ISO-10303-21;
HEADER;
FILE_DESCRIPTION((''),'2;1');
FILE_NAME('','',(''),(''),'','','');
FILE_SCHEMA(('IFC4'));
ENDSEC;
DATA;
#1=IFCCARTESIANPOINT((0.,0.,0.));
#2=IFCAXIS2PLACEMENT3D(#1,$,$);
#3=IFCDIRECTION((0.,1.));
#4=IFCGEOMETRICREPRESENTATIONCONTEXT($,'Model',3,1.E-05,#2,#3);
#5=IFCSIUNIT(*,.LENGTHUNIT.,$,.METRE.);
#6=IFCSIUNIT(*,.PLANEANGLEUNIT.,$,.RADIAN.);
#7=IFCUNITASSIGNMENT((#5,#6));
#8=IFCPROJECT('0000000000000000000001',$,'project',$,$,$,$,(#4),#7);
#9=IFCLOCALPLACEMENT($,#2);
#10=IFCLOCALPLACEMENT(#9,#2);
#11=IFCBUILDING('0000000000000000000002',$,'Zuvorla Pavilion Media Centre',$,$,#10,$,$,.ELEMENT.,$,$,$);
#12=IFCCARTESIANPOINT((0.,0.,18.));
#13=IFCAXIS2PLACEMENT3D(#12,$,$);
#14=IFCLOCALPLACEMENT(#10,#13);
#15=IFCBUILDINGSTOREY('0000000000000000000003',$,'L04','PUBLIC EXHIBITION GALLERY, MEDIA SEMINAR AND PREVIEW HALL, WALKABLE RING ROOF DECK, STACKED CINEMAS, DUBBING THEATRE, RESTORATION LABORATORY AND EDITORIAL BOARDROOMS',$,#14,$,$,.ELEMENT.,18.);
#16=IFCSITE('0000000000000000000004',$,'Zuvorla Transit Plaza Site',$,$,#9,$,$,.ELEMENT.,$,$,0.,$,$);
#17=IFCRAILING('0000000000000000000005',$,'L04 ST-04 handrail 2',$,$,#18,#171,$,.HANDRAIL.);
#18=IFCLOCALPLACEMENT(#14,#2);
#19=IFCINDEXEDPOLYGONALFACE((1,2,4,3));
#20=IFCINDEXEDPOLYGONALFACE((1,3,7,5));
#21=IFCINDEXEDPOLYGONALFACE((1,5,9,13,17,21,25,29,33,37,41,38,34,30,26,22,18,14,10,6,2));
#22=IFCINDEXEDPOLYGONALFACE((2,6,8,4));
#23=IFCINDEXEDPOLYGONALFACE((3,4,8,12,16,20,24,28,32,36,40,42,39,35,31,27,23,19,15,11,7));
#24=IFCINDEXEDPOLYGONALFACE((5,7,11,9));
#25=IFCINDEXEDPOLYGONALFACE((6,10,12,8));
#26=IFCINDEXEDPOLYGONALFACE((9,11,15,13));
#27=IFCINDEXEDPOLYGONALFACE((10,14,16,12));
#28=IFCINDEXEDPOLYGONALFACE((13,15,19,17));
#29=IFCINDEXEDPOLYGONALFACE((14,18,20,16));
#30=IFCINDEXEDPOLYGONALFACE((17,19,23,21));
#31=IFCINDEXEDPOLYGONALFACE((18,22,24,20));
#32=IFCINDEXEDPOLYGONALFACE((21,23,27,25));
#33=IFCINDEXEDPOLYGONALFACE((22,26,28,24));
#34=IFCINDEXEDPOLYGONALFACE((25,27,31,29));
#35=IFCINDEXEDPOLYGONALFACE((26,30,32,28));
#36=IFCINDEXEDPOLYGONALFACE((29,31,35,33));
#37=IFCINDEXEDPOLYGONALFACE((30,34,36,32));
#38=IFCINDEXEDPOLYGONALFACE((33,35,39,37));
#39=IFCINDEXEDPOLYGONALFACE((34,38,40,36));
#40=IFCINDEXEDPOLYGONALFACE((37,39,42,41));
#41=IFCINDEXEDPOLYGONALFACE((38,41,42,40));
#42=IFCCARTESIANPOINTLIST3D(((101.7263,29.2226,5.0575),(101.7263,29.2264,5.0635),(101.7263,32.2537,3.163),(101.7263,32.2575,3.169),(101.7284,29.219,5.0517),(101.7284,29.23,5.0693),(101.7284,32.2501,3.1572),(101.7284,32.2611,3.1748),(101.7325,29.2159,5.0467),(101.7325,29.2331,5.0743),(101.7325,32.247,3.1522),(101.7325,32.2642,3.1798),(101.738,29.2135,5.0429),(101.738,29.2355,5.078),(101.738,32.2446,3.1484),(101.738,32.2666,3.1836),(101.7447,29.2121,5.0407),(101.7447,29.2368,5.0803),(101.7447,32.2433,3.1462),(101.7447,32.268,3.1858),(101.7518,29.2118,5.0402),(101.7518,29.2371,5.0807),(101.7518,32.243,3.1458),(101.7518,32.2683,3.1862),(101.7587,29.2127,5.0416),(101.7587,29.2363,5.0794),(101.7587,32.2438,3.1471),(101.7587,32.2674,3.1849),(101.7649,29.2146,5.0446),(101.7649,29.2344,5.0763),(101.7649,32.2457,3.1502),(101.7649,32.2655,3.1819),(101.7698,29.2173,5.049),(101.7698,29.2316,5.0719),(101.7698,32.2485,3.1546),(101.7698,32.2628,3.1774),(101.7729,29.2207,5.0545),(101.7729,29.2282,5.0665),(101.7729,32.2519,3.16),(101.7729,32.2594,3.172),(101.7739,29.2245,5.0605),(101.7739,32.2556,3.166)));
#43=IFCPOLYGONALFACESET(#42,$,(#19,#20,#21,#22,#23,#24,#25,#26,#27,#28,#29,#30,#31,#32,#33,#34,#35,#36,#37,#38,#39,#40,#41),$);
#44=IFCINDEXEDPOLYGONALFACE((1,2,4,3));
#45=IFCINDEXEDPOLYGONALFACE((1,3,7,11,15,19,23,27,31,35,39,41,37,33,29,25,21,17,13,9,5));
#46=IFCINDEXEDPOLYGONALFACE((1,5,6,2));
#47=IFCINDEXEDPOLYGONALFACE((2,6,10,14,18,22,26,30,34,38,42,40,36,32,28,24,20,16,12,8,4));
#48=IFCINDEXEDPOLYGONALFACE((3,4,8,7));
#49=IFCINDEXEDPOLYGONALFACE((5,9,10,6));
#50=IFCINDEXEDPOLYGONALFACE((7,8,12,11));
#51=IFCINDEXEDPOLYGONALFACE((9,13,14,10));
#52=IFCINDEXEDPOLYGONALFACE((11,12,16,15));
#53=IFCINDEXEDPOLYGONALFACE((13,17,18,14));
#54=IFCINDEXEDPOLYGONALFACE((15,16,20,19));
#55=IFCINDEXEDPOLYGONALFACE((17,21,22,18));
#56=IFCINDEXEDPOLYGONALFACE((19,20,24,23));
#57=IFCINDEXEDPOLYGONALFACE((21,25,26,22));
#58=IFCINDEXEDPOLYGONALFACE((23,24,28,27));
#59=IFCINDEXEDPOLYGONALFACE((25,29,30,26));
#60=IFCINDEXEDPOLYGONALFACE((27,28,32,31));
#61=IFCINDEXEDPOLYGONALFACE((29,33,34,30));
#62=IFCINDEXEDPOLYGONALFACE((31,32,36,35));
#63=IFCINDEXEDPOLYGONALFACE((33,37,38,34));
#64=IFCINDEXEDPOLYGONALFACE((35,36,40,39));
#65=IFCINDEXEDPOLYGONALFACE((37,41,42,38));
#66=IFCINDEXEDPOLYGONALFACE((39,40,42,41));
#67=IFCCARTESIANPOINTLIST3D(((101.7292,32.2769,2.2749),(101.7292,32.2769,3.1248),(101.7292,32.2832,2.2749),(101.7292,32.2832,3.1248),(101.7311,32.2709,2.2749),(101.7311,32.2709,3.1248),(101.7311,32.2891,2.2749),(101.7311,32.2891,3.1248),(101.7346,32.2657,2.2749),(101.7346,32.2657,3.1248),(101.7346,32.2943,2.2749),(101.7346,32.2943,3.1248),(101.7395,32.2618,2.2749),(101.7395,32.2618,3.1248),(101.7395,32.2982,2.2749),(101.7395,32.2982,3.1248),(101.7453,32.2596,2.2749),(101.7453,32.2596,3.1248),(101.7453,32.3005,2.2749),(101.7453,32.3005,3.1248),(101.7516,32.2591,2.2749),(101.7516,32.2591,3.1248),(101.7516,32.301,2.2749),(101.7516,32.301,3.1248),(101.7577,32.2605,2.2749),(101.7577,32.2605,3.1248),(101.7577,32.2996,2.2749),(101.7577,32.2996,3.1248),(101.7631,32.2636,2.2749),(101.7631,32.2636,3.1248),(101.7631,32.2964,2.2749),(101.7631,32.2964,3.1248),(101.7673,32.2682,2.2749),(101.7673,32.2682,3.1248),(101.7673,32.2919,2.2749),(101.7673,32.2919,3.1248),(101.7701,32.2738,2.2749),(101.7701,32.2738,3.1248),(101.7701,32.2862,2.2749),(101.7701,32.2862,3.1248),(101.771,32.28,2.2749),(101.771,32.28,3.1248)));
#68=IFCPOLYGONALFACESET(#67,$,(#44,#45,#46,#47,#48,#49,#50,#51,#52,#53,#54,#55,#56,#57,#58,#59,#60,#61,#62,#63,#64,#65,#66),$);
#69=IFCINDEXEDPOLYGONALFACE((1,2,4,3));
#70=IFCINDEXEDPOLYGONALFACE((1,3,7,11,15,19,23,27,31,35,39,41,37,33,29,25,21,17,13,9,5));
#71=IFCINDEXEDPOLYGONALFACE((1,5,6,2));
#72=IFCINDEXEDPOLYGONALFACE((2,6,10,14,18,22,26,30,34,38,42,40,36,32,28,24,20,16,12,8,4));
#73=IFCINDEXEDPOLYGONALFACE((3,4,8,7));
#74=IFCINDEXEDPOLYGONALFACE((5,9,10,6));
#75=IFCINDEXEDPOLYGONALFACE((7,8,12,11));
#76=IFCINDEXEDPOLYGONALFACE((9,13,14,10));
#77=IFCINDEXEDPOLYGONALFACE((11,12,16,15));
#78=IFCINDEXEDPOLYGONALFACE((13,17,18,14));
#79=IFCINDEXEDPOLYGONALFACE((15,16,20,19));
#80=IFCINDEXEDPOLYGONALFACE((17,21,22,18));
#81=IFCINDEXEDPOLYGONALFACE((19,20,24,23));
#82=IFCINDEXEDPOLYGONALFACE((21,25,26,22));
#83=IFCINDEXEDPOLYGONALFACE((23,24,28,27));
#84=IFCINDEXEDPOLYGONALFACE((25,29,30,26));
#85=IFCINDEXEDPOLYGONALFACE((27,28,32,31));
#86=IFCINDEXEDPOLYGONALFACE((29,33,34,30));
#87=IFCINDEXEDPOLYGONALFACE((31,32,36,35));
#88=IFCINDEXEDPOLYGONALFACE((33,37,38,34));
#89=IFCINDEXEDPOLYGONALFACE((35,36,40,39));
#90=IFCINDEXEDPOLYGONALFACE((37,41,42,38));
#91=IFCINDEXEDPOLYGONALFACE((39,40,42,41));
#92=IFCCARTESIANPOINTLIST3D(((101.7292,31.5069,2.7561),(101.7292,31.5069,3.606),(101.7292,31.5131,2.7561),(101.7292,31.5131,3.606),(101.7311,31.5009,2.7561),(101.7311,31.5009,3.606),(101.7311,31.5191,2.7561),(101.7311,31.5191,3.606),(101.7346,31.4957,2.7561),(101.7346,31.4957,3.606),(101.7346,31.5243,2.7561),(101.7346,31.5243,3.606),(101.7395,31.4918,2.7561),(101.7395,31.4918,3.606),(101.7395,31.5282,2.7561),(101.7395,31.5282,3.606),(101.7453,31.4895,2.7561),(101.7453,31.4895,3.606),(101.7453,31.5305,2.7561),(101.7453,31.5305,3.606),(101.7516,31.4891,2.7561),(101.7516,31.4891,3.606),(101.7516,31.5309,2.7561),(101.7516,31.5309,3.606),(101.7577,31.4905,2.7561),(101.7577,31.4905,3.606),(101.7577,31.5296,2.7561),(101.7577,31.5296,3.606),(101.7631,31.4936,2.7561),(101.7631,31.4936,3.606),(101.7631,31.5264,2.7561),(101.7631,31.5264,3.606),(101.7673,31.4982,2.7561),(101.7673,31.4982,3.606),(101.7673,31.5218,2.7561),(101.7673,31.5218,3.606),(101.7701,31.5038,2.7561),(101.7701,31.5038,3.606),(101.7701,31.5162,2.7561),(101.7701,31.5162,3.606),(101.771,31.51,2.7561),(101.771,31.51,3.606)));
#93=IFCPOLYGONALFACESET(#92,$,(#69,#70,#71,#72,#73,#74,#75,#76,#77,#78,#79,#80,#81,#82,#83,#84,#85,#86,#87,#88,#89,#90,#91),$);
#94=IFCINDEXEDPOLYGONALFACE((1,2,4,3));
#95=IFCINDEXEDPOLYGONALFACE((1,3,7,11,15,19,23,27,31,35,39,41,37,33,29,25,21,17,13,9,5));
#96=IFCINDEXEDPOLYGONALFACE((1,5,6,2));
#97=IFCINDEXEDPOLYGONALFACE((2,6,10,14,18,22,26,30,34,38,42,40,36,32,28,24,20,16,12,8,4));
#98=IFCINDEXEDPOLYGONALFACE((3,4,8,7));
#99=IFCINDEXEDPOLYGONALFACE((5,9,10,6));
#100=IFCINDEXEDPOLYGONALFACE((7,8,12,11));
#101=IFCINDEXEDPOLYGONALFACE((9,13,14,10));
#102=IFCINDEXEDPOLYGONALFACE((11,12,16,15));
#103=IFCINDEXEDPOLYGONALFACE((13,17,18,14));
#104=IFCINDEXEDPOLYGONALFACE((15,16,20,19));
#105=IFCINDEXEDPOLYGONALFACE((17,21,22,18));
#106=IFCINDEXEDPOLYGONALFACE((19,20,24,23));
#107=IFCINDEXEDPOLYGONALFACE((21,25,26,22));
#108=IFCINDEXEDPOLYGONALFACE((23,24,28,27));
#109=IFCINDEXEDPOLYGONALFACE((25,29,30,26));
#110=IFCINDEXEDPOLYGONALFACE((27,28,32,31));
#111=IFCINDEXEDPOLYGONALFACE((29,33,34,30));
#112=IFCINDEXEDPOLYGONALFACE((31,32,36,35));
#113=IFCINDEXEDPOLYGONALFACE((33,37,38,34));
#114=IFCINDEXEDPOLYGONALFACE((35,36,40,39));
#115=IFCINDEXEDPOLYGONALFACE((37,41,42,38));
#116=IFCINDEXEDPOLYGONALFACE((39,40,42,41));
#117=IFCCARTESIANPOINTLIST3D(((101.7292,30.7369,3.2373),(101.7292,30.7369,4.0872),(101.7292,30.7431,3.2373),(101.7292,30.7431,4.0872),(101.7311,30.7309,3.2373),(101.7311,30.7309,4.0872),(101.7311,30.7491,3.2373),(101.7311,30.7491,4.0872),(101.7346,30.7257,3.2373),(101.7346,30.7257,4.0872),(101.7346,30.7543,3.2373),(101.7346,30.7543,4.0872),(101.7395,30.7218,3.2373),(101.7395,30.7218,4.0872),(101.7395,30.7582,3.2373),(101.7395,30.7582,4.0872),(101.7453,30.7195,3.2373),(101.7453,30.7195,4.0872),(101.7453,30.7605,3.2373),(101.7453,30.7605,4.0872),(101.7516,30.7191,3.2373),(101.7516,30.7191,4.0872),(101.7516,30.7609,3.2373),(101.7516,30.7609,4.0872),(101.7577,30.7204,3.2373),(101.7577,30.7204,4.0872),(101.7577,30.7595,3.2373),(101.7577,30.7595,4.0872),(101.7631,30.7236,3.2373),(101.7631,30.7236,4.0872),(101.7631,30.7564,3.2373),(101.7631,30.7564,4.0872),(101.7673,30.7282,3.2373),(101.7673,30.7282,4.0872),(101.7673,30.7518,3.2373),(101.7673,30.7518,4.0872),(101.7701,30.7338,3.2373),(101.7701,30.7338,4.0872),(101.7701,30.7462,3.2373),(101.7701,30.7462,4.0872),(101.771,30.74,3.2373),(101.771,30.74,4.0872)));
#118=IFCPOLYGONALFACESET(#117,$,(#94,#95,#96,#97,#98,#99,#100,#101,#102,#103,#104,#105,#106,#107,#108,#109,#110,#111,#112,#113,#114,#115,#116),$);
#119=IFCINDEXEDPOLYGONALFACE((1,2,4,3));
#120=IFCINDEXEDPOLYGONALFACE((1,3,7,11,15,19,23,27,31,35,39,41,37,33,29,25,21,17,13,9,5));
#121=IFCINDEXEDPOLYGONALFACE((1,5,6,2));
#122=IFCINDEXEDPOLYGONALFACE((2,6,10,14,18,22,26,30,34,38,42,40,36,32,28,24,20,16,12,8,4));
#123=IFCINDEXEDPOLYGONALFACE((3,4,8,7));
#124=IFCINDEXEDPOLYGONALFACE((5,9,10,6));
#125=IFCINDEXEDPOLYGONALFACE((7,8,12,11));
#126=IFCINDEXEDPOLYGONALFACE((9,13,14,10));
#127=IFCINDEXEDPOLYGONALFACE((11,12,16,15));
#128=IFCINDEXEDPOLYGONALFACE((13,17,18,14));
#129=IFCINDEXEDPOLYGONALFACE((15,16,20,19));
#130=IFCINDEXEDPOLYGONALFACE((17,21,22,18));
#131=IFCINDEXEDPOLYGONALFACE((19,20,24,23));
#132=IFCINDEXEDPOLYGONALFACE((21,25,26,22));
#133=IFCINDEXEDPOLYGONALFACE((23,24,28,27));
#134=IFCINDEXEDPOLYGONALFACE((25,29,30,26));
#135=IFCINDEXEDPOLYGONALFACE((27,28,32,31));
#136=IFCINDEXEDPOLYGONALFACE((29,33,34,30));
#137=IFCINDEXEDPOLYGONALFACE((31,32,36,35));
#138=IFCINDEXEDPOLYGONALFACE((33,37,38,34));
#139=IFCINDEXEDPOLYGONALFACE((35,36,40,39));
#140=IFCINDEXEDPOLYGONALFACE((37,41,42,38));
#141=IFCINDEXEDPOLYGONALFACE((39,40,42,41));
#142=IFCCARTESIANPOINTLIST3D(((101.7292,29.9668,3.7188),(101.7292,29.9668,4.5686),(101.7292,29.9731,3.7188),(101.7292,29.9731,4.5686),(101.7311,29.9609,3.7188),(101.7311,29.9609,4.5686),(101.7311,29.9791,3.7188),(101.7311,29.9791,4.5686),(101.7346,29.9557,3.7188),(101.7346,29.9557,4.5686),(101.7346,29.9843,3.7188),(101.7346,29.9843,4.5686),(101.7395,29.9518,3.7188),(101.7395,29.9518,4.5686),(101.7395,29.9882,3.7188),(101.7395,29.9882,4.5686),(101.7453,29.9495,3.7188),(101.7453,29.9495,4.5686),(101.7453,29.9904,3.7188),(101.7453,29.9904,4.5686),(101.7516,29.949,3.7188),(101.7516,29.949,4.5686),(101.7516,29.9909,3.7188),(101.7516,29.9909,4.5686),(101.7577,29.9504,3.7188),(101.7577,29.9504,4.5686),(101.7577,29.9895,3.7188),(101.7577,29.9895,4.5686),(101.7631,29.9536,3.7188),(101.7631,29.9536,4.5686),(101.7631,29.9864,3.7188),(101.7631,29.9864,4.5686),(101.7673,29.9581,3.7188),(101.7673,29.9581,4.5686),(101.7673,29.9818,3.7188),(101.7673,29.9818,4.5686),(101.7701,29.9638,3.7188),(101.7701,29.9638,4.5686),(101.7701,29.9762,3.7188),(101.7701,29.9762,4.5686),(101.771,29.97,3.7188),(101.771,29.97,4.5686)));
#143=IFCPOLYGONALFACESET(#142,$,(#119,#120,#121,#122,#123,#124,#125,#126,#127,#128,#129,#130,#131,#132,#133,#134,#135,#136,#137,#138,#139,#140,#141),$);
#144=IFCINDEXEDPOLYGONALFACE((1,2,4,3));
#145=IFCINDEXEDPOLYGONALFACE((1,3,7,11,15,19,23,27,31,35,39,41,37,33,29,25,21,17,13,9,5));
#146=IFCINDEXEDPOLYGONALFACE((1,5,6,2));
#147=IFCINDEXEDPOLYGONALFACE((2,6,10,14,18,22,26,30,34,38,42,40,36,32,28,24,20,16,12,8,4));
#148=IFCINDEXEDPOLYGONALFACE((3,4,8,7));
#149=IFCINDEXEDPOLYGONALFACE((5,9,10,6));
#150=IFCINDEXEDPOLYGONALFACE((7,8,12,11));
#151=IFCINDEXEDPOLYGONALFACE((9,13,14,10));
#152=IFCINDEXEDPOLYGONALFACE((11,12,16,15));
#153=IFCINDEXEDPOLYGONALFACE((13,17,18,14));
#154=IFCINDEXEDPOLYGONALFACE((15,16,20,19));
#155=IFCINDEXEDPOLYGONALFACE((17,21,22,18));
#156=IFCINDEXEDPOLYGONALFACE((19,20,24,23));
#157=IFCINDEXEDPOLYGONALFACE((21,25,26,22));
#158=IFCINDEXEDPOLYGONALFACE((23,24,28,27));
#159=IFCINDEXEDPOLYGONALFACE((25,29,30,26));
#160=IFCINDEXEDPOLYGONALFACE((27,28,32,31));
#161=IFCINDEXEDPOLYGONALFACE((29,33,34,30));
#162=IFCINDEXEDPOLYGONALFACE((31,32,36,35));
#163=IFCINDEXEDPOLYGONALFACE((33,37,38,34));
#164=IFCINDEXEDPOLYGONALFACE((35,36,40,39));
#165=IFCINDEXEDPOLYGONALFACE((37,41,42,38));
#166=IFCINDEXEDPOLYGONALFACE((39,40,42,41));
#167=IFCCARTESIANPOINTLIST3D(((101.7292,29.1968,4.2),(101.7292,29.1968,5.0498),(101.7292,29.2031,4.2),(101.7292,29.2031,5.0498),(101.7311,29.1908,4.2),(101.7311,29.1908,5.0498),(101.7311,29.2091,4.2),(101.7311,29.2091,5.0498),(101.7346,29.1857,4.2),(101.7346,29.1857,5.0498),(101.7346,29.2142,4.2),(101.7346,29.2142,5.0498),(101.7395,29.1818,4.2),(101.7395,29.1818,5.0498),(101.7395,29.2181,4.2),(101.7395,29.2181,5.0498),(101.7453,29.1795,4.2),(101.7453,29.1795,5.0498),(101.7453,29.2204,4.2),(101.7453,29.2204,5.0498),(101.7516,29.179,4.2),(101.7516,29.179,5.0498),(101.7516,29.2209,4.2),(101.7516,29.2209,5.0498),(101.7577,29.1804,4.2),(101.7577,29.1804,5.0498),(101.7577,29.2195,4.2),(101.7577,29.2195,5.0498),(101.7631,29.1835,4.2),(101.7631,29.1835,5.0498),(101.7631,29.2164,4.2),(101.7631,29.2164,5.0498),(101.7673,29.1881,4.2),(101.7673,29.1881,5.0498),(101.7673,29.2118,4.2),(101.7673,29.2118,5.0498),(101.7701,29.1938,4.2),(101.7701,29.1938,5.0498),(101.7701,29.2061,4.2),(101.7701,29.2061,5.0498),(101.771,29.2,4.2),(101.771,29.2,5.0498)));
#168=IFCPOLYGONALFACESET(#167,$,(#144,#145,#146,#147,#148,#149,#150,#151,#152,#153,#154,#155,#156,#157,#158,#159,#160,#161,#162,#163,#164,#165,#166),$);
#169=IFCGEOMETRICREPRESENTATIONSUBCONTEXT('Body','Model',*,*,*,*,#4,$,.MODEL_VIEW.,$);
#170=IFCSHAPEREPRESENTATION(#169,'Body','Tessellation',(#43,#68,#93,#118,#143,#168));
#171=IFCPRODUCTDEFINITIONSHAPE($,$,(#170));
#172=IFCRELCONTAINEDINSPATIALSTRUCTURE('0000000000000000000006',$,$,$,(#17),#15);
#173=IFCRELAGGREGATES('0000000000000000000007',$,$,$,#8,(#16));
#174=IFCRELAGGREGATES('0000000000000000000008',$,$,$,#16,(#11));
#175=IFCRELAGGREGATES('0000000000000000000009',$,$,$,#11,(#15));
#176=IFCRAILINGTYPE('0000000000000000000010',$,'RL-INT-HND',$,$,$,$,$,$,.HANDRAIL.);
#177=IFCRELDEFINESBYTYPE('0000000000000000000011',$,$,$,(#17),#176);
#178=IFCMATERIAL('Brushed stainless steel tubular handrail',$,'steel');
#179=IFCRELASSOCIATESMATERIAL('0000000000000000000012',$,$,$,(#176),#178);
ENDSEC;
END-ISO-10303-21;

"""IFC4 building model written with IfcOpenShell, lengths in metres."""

from ifc_helpers import new_model, si_unit, direction, frame, origin, origin_2d, place, context, subcontext, project, spatial, circle, extrude, material, type_object, element, save


model = new_model("IFC4")

# Units and contexts
model_context = context("Model", 3, precision=1e-05, world=origin(), true_north=direction((0.0, 1.0)))
body_context = subcontext(model_context, "Body", "Model", "MODEL_VIEW")
ifc_project = project(units=[si_unit("LENGTHUNIT", "METRE"), si_unit("PLANEANGLEUNIT", "RADIAN")], contexts=[model_context])

# Site, building, storey
site_placement = place(None, origin())
site = spatial("IfcSite", under=ifc_project, at=site_placement, Name="Zuvorla Transit Plaza Site", CompositionType="ELEMENT", RefElevation=0.0)
building_placement = place(site_placement, origin())
building = spatial("IfcBuilding", under=site, at=building_placement, Name="Zuvorla Pavilion Media Centre", CompositionType="ELEMENT")
storey_placement = place(building_placement, frame((0.0, 0.0, 18.0)))
storey = spatial("IfcBuildingStorey", under=building, at=storey_placement, Name="L04", Description="PUBLIC EXHIBITION GALLERY, MEDIA SEMINAR AND PREVIEW HALL, WALKABLE RING ROOF DECK, STACKED CINEMAS, DUBBING THEATRE, RESTORATION LABORATORY AND EDITORIAL BOARDROOMS", CompositionType="ELEMENT", Elevation=18.0)

# Railing
ifc_material_1 = material(Name="Brushed stainless steel tubular handrail", Category="steel")
railing_type = type_object("IfcRailingType", Name="RL-INT-HND", PredefinedType="HANDRAIL", material=ifc_material_1)
railing_placement = place(storey_placement, frame((101.75, 32.28, 2.2749)))
element("IfcRailing", 1, at=railing_placement, inside=storey, type_object=railing_type, Name="L04 ST-04 handrail 2", PredefinedType="HANDRAIL", context=body_context, shape_type="SweptSolid", body=[
    extrude(circle(Radius=0.0239, at=origin_2d()), frame((0.0, -0.0244, 0.8911), z_axis=(0.0, -0.847998, 0.529999), x_axis=(1.0, 0.0, 0.0)), (0.0, 0.0, 1.0), 3.5745),
    extrude(circle(Radius=0.021, at=origin_2d()), origin(), (0.0, 0.0, 1.0), 0.8499),
    extrude(circle(Radius=0.021, at=origin_2d()), frame((0.0, -0.77, 0.4812)), (0.0, 0.0, 1.0), 0.8499),
    extrude(circle(Radius=0.021, at=origin_2d()), frame((0.0, -1.54, 0.9624)), (0.0, 0.0, 1.0), 0.8499),
    extrude(circle(Radius=0.021, at=origin_2d()), frame((0.0, -2.3101, 1.4438)), (0.0, 0.0, 1.0), 0.8499),
    extrude(circle(Radius=0.021, at=origin_2d()), frame((0.0, -3.0801, 1.925)), (0.0, 0.0, 1.0), 0.8499),
])

save(model, "model.ifc")
